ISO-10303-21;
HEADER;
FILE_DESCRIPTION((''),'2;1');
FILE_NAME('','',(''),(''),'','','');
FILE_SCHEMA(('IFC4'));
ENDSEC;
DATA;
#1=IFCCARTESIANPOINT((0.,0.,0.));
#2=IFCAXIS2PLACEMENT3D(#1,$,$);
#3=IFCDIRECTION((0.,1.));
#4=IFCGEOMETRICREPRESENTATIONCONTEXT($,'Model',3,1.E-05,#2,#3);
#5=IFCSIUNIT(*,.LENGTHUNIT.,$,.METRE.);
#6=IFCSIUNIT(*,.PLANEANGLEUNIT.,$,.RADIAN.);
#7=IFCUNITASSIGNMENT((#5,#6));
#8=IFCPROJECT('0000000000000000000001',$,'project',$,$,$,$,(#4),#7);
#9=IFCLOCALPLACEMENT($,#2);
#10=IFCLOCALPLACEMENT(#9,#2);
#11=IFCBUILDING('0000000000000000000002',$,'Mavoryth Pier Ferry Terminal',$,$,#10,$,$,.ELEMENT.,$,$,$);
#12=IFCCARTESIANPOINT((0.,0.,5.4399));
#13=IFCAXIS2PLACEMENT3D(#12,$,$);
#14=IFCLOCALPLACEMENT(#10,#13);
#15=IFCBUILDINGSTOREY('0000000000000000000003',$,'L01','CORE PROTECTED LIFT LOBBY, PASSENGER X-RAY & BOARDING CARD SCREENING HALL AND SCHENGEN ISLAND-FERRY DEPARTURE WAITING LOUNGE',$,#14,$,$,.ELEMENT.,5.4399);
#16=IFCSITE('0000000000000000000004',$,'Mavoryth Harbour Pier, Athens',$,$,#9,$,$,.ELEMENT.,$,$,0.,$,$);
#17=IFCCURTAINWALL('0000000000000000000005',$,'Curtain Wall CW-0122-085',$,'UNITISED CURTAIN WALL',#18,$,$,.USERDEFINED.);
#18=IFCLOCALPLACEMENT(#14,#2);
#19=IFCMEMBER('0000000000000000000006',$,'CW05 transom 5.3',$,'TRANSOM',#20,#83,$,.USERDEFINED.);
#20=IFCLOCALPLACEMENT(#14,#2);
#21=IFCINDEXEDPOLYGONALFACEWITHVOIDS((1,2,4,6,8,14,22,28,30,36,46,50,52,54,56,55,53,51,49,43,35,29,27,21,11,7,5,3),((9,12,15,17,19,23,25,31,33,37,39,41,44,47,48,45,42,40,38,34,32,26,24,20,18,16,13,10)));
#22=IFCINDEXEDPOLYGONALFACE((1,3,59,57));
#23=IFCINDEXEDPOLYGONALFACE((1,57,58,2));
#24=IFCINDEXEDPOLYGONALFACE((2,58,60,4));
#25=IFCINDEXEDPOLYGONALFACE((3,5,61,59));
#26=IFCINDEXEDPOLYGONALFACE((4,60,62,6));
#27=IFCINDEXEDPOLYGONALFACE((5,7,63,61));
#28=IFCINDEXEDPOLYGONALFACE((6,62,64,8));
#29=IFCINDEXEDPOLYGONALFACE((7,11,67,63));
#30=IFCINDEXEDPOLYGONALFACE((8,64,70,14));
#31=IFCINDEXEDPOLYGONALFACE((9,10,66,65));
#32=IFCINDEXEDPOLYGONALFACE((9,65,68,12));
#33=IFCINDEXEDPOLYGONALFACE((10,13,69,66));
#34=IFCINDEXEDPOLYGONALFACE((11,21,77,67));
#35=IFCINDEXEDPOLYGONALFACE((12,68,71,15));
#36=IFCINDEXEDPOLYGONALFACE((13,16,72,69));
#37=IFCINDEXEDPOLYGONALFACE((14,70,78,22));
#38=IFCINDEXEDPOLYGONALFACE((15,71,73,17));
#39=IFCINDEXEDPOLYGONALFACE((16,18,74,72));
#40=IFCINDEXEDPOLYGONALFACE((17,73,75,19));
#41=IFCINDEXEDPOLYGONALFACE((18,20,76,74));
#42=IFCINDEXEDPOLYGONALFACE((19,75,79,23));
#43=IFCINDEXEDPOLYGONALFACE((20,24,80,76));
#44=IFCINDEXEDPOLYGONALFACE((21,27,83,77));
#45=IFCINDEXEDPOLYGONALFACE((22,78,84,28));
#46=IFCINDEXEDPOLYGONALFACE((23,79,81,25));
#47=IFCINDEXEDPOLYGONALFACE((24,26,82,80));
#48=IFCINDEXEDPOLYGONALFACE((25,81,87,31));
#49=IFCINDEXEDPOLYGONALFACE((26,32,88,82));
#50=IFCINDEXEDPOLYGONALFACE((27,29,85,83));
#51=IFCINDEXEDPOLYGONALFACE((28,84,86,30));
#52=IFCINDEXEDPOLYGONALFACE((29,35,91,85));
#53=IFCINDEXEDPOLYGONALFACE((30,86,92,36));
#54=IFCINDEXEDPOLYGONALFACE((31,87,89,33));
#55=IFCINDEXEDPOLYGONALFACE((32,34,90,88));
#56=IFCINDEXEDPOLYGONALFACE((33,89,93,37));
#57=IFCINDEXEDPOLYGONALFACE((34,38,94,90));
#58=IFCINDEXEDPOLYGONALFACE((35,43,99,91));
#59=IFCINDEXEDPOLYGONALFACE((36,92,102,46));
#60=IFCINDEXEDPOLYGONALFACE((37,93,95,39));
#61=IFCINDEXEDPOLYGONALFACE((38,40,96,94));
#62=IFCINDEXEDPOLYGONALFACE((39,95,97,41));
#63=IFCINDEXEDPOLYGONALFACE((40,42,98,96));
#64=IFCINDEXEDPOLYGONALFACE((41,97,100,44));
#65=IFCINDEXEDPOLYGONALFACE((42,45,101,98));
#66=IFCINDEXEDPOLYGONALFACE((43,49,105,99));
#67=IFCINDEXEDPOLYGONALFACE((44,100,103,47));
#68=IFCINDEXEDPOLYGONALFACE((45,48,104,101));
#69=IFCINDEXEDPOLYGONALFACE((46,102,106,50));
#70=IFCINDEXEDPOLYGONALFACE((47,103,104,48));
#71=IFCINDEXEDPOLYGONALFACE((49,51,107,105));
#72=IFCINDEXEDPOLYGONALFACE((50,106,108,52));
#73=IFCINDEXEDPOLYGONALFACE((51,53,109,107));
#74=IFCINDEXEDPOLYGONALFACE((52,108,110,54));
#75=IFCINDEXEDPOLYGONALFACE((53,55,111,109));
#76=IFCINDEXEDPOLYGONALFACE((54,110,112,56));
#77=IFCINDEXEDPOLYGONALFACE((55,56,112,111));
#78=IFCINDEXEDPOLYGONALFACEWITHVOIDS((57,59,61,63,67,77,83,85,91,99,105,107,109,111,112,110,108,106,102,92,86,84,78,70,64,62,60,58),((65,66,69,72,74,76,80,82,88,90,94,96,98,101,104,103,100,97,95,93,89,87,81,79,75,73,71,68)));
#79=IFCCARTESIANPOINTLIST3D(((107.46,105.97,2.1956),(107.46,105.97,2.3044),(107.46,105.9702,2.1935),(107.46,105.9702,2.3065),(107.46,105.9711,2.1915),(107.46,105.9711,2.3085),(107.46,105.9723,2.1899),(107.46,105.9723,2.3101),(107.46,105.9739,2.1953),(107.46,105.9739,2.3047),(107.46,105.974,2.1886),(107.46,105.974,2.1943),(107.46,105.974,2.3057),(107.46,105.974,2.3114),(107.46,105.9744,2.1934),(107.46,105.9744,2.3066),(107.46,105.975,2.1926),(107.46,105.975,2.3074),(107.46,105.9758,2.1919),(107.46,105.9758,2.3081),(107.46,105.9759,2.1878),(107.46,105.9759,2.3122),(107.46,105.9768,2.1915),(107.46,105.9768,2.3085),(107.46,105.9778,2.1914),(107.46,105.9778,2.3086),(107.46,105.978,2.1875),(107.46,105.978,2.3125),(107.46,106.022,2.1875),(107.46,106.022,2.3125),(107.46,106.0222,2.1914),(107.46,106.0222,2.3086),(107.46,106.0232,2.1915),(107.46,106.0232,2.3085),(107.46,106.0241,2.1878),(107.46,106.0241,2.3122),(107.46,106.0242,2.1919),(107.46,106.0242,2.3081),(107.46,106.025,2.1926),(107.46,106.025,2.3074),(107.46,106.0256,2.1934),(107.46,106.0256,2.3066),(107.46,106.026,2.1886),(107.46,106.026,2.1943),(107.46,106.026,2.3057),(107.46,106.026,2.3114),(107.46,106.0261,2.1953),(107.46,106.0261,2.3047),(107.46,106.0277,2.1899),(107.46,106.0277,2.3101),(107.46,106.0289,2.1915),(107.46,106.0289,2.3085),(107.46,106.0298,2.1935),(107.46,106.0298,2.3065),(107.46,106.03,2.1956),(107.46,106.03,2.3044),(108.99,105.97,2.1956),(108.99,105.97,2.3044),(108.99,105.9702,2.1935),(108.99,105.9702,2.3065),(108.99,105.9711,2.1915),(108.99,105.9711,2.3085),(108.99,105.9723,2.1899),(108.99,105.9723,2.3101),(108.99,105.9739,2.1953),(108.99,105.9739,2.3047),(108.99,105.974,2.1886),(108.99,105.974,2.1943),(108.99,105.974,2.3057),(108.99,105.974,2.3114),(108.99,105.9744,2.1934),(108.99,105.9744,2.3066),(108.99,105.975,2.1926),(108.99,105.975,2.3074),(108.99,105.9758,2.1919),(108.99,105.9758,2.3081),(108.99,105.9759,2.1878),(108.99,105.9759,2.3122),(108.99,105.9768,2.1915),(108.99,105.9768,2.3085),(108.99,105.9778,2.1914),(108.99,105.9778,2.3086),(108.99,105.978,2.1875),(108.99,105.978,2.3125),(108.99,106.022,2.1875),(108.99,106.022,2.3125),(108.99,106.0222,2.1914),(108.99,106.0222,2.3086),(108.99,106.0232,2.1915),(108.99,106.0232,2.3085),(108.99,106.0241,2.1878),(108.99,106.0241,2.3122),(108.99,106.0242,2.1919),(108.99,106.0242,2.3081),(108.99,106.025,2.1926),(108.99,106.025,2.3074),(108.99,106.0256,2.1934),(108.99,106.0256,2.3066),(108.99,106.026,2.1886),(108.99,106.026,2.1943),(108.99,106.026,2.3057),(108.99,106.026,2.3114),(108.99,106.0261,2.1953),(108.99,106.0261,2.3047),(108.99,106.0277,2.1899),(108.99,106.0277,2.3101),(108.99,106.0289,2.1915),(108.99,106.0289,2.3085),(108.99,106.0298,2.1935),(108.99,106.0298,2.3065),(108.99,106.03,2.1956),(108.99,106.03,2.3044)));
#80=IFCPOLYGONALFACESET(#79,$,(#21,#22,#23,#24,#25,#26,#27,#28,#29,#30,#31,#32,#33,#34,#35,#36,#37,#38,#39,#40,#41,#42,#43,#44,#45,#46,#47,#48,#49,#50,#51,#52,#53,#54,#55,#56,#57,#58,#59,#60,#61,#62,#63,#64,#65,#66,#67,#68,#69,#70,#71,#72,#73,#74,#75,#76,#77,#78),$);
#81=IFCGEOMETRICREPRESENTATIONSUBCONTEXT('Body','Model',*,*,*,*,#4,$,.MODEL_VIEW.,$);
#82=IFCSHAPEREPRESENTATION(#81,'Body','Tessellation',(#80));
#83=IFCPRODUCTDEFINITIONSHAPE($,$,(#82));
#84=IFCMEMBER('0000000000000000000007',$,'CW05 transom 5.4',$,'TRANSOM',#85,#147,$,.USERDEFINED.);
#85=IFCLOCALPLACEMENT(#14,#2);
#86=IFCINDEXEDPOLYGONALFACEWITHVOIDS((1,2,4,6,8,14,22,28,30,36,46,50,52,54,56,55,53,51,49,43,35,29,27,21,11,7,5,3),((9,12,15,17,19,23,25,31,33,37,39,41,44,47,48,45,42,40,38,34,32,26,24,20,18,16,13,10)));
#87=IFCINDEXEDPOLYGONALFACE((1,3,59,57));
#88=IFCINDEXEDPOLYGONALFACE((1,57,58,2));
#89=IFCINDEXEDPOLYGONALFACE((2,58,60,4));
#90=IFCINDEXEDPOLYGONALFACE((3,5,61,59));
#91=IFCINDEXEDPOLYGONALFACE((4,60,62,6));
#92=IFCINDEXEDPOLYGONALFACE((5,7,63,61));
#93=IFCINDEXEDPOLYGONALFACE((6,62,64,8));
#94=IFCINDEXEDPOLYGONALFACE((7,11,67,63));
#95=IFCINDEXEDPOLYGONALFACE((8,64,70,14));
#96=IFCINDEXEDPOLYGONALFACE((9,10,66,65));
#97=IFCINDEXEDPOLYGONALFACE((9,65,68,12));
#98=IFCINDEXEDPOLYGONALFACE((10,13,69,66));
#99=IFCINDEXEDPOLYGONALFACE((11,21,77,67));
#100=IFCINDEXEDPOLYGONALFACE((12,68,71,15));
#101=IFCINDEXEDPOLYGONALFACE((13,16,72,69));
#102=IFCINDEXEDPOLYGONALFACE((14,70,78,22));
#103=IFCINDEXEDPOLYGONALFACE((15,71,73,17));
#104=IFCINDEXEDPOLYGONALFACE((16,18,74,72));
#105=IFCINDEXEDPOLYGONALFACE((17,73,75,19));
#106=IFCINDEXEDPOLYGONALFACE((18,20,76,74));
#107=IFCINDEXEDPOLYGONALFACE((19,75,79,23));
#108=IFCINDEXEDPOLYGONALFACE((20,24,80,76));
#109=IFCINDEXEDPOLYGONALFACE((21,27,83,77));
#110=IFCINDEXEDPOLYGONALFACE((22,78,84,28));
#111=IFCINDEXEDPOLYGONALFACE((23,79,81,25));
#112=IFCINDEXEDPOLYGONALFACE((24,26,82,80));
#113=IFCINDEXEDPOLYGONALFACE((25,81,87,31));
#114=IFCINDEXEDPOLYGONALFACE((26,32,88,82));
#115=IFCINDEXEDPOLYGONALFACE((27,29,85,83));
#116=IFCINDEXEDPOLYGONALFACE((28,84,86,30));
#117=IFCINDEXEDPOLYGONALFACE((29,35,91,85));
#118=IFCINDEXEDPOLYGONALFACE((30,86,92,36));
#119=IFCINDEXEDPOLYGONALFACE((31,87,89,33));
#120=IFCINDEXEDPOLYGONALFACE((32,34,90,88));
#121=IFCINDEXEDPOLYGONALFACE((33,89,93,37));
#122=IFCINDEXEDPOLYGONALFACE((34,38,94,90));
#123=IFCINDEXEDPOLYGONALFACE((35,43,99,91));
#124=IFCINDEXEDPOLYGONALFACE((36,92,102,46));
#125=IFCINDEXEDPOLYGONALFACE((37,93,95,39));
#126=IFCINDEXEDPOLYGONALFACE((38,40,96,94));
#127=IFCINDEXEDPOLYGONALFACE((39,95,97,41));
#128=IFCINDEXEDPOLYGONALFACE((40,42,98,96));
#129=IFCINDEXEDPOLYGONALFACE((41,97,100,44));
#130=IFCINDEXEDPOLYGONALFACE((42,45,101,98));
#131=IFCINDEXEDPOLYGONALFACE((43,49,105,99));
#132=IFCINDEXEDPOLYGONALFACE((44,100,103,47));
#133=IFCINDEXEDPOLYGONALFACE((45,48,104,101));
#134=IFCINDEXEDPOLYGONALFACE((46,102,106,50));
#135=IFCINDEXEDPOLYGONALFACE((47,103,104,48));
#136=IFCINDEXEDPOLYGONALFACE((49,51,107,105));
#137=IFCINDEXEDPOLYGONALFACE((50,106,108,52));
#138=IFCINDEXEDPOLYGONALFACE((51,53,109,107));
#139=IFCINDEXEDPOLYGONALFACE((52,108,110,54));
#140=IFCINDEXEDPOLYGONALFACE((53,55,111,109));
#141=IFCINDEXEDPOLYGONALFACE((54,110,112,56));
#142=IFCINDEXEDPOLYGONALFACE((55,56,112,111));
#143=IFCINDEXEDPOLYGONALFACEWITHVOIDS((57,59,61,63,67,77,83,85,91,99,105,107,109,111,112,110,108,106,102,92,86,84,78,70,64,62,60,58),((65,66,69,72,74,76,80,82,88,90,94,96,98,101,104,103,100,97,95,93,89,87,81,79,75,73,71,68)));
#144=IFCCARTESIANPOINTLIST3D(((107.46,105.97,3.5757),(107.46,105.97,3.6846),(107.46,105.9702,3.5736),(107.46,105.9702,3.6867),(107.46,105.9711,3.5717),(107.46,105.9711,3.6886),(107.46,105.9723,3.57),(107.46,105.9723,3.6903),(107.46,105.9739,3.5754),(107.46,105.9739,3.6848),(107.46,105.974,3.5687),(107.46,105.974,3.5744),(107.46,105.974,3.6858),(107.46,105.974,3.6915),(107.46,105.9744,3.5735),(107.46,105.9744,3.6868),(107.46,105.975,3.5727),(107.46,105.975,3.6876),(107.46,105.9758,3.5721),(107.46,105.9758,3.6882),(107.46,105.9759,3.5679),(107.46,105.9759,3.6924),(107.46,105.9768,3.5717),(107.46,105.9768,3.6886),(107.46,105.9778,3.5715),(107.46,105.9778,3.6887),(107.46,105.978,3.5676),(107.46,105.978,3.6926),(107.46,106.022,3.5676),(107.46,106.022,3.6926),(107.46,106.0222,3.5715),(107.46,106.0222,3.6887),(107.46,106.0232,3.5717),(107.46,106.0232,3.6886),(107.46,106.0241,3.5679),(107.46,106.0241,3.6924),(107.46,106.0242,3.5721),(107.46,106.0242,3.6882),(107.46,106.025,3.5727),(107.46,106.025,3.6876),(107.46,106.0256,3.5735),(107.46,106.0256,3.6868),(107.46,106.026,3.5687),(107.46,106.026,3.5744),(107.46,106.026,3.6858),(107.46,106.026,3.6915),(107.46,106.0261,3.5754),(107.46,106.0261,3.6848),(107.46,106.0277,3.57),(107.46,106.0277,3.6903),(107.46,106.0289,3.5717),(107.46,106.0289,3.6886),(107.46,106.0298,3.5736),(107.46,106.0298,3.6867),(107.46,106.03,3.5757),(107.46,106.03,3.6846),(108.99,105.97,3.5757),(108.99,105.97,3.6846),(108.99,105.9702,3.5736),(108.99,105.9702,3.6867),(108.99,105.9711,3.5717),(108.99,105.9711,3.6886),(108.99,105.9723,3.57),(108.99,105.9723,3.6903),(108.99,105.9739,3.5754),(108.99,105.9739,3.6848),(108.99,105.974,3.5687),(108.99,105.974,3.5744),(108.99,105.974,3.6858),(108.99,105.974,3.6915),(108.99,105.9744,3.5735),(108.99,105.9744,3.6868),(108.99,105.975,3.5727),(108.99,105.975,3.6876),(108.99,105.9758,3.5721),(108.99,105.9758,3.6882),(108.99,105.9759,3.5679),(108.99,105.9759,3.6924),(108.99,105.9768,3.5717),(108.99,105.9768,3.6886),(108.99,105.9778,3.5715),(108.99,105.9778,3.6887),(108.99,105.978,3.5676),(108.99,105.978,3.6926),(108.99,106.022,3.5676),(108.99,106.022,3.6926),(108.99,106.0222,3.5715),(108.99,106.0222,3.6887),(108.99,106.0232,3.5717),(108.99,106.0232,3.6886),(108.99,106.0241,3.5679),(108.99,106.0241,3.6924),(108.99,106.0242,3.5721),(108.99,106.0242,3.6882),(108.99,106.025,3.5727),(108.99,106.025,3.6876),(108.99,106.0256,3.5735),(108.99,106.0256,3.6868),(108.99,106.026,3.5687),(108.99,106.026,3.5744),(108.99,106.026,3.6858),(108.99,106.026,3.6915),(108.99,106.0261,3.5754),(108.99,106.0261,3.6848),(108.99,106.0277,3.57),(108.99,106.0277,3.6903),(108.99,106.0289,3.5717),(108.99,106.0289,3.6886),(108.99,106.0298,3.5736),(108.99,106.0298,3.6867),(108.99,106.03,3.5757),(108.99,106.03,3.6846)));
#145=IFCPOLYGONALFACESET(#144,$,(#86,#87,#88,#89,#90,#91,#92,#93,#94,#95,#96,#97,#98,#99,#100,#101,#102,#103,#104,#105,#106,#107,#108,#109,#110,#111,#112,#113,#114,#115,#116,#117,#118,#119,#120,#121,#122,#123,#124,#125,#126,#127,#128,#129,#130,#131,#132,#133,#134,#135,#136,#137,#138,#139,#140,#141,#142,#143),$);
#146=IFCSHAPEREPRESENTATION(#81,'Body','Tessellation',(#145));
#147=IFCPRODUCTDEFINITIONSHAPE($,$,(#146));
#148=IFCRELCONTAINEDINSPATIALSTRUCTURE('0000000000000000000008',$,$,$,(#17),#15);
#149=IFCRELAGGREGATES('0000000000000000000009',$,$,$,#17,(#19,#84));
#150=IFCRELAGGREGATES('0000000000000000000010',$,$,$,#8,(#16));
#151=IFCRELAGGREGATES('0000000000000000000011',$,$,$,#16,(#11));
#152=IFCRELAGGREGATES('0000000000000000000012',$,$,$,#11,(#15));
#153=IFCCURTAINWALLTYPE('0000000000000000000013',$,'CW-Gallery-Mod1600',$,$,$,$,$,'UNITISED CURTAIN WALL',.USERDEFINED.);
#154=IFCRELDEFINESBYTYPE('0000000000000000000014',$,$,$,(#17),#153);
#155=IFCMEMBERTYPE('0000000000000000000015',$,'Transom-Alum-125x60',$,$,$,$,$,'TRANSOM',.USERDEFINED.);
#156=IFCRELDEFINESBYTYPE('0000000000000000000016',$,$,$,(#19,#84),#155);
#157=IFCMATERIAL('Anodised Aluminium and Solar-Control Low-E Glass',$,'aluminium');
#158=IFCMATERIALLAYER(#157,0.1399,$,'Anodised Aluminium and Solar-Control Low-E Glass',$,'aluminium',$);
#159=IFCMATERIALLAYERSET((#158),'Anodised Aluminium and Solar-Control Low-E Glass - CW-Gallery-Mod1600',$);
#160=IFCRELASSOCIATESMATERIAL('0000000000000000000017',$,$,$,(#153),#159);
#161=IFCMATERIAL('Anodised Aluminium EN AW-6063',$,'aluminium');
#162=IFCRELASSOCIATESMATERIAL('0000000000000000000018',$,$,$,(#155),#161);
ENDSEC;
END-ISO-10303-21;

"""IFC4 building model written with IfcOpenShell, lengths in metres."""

from ifc_helpers import new_model, si_unit, direction, frame, origin, origin_2d, place, context, subcontext, project, spatial, hollow_rectangle, extrude, material, layer, layer_set, material_profile, profile_set, type_object, element, aggregate, save


model = new_model("IFC4")

# Units and contexts
model_context = context("Model", 3, precision=1e-05, world=origin(), true_north=direction((0.0, 1.0)))
body_context = subcontext(model_context, "Body", "Model", "MODEL_VIEW")
ifc_project = project(units=[si_unit("LENGTHUNIT", "METRE"), si_unit("PLANEANGLEUNIT", "RADIAN")], contexts=[model_context])

# Site, building, storey
site_placement = place(None, origin())
site = spatial("IfcSite", under=ifc_project, at=site_placement, Name="Mavoryth Harbour Pier, Athens", CompositionType="ELEMENT", RefElevation=0.0)
building_placement = place(site_placement, origin())
building = spatial("IfcBuilding", under=site, at=building_placement, Name="Mavoryth Pier Ferry Terminal", CompositionType="ELEMENT")
storey_placement = place(building_placement, frame((0.0, 0.0, 5.4399)))
storey = spatial("IfcBuildingStorey", under=building, at=storey_placement, Name="L01", Description="CORE PROTECTED LIFT LOBBY, PASSENGER X-RAY & BOARDING CARD SCREENING HALL AND SCHENGEN ISLAND-FERRY DEPARTURE WAITING LOUNGE", CompositionType="ELEMENT", Elevation=5.4399)

# Curtain wall
ifc_material_1 = material(Name="Anodised Aluminium and Solar-Control Low-E Glass", Category="aluminium")
ifc_layer_1 = layer(ifc_material_1, 0.1399, Name="Anodised Aluminium and Solar-Control Low-E Glass", Category="aluminium")
ifc_layer_set_1 = layer_set([ifc_layer_1], Name="Anodised Aluminium and Solar-Control Low-E Glass - CW-Gallery-Mod1600")
curtain_wall_type = type_object("IfcCurtainWallType", Name="CW-Gallery-Mod1600", ElementType="UNITISED CURTAIN WALL", PredefinedType="USERDEFINED", material=ifc_layer_set_1)
curtain_wall_1_placement = place(storey_placement, origin())
curtain_wall_1 = element("IfcCurtainWall", 1, at=curtain_wall_1_placement, inside=storey, type_object=curtain_wall_type, Name="Curtain Wall CW-0122-085", ObjectType="UNITISED CURTAIN WALL", PredefinedType="USERDEFINED")
ifc_material_2 = material(Name="Anodised Aluminium EN AW-6063", Category="aluminium")

# Members
ifc_material_profile_1 = material_profile(ifc_material_2, hollow_rectangle(XDim=0.0601, YDim=0.125, WallThickness=0.0039, InnerFilletRadius=0.0039, OuterFilletRadius=0.0081, at=origin_2d()), Name="AL-TRAN 125x60x4", Category="aluminium")
ifc_profile_set_1 = profile_set([ifc_material_profile_1], Name="Anodised Aluminium EN AW-6063 - AL-TRAN 125x60x4")
member_type_1 = type_object("IfcMemberType", Name="Transom-Alum-125x60", ElementType="TRANSOM", PredefinedType="USERDEFINED", material=ifc_profile_set_1)
member_1_placement = place(storey_placement, frame((107.46, 106.0, 2.25), z_axis=(1.0, 0.0, 0.0), x_axis=(0.0, 1.0, 0.0)))
member_1 = element("IfcMember", 2, at=member_1_placement, type_object=member_type_1, Name="CW05 transom 5.3", ObjectType="TRANSOM", PredefinedType="USERDEFINED", context=body_context, shape_type="SweptSolid", body=[
    extrude(hollow_rectangle(XDim=0.0601, YDim=0.125, WallThickness=0.0039, InnerFilletRadius=0.0039, OuterFilletRadius=0.0081, at=origin_2d()), origin(), (0.0, 0.0, 1.0), 1.53),
])
member_2_placement = place(storey_placement, frame((107.46, 106.0, 3.6301), z_axis=(1.0, 0.0, 0.0), x_axis=(0.0, 1.0, 0.0)))
member_2 = element("IfcMember", 3, at=member_2_placement, type_object=member_type_1, Name="CW05 transom 5.4", ObjectType="TRANSOM", PredefinedType="USERDEFINED", context=body_context, shape_type="SweptSolid", body=[
    extrude(hollow_rectangle(XDim=0.0601, YDim=0.125, WallThickness=0.0039, InnerFilletRadius=0.0039, OuterFilletRadius=0.0081, at=origin_2d()), origin(), (0.0, 0.0, 1.0), 1.53),
])

aggregate(curtain_wall_1, [member_1, member_2])

save(model, "model.ifc")
